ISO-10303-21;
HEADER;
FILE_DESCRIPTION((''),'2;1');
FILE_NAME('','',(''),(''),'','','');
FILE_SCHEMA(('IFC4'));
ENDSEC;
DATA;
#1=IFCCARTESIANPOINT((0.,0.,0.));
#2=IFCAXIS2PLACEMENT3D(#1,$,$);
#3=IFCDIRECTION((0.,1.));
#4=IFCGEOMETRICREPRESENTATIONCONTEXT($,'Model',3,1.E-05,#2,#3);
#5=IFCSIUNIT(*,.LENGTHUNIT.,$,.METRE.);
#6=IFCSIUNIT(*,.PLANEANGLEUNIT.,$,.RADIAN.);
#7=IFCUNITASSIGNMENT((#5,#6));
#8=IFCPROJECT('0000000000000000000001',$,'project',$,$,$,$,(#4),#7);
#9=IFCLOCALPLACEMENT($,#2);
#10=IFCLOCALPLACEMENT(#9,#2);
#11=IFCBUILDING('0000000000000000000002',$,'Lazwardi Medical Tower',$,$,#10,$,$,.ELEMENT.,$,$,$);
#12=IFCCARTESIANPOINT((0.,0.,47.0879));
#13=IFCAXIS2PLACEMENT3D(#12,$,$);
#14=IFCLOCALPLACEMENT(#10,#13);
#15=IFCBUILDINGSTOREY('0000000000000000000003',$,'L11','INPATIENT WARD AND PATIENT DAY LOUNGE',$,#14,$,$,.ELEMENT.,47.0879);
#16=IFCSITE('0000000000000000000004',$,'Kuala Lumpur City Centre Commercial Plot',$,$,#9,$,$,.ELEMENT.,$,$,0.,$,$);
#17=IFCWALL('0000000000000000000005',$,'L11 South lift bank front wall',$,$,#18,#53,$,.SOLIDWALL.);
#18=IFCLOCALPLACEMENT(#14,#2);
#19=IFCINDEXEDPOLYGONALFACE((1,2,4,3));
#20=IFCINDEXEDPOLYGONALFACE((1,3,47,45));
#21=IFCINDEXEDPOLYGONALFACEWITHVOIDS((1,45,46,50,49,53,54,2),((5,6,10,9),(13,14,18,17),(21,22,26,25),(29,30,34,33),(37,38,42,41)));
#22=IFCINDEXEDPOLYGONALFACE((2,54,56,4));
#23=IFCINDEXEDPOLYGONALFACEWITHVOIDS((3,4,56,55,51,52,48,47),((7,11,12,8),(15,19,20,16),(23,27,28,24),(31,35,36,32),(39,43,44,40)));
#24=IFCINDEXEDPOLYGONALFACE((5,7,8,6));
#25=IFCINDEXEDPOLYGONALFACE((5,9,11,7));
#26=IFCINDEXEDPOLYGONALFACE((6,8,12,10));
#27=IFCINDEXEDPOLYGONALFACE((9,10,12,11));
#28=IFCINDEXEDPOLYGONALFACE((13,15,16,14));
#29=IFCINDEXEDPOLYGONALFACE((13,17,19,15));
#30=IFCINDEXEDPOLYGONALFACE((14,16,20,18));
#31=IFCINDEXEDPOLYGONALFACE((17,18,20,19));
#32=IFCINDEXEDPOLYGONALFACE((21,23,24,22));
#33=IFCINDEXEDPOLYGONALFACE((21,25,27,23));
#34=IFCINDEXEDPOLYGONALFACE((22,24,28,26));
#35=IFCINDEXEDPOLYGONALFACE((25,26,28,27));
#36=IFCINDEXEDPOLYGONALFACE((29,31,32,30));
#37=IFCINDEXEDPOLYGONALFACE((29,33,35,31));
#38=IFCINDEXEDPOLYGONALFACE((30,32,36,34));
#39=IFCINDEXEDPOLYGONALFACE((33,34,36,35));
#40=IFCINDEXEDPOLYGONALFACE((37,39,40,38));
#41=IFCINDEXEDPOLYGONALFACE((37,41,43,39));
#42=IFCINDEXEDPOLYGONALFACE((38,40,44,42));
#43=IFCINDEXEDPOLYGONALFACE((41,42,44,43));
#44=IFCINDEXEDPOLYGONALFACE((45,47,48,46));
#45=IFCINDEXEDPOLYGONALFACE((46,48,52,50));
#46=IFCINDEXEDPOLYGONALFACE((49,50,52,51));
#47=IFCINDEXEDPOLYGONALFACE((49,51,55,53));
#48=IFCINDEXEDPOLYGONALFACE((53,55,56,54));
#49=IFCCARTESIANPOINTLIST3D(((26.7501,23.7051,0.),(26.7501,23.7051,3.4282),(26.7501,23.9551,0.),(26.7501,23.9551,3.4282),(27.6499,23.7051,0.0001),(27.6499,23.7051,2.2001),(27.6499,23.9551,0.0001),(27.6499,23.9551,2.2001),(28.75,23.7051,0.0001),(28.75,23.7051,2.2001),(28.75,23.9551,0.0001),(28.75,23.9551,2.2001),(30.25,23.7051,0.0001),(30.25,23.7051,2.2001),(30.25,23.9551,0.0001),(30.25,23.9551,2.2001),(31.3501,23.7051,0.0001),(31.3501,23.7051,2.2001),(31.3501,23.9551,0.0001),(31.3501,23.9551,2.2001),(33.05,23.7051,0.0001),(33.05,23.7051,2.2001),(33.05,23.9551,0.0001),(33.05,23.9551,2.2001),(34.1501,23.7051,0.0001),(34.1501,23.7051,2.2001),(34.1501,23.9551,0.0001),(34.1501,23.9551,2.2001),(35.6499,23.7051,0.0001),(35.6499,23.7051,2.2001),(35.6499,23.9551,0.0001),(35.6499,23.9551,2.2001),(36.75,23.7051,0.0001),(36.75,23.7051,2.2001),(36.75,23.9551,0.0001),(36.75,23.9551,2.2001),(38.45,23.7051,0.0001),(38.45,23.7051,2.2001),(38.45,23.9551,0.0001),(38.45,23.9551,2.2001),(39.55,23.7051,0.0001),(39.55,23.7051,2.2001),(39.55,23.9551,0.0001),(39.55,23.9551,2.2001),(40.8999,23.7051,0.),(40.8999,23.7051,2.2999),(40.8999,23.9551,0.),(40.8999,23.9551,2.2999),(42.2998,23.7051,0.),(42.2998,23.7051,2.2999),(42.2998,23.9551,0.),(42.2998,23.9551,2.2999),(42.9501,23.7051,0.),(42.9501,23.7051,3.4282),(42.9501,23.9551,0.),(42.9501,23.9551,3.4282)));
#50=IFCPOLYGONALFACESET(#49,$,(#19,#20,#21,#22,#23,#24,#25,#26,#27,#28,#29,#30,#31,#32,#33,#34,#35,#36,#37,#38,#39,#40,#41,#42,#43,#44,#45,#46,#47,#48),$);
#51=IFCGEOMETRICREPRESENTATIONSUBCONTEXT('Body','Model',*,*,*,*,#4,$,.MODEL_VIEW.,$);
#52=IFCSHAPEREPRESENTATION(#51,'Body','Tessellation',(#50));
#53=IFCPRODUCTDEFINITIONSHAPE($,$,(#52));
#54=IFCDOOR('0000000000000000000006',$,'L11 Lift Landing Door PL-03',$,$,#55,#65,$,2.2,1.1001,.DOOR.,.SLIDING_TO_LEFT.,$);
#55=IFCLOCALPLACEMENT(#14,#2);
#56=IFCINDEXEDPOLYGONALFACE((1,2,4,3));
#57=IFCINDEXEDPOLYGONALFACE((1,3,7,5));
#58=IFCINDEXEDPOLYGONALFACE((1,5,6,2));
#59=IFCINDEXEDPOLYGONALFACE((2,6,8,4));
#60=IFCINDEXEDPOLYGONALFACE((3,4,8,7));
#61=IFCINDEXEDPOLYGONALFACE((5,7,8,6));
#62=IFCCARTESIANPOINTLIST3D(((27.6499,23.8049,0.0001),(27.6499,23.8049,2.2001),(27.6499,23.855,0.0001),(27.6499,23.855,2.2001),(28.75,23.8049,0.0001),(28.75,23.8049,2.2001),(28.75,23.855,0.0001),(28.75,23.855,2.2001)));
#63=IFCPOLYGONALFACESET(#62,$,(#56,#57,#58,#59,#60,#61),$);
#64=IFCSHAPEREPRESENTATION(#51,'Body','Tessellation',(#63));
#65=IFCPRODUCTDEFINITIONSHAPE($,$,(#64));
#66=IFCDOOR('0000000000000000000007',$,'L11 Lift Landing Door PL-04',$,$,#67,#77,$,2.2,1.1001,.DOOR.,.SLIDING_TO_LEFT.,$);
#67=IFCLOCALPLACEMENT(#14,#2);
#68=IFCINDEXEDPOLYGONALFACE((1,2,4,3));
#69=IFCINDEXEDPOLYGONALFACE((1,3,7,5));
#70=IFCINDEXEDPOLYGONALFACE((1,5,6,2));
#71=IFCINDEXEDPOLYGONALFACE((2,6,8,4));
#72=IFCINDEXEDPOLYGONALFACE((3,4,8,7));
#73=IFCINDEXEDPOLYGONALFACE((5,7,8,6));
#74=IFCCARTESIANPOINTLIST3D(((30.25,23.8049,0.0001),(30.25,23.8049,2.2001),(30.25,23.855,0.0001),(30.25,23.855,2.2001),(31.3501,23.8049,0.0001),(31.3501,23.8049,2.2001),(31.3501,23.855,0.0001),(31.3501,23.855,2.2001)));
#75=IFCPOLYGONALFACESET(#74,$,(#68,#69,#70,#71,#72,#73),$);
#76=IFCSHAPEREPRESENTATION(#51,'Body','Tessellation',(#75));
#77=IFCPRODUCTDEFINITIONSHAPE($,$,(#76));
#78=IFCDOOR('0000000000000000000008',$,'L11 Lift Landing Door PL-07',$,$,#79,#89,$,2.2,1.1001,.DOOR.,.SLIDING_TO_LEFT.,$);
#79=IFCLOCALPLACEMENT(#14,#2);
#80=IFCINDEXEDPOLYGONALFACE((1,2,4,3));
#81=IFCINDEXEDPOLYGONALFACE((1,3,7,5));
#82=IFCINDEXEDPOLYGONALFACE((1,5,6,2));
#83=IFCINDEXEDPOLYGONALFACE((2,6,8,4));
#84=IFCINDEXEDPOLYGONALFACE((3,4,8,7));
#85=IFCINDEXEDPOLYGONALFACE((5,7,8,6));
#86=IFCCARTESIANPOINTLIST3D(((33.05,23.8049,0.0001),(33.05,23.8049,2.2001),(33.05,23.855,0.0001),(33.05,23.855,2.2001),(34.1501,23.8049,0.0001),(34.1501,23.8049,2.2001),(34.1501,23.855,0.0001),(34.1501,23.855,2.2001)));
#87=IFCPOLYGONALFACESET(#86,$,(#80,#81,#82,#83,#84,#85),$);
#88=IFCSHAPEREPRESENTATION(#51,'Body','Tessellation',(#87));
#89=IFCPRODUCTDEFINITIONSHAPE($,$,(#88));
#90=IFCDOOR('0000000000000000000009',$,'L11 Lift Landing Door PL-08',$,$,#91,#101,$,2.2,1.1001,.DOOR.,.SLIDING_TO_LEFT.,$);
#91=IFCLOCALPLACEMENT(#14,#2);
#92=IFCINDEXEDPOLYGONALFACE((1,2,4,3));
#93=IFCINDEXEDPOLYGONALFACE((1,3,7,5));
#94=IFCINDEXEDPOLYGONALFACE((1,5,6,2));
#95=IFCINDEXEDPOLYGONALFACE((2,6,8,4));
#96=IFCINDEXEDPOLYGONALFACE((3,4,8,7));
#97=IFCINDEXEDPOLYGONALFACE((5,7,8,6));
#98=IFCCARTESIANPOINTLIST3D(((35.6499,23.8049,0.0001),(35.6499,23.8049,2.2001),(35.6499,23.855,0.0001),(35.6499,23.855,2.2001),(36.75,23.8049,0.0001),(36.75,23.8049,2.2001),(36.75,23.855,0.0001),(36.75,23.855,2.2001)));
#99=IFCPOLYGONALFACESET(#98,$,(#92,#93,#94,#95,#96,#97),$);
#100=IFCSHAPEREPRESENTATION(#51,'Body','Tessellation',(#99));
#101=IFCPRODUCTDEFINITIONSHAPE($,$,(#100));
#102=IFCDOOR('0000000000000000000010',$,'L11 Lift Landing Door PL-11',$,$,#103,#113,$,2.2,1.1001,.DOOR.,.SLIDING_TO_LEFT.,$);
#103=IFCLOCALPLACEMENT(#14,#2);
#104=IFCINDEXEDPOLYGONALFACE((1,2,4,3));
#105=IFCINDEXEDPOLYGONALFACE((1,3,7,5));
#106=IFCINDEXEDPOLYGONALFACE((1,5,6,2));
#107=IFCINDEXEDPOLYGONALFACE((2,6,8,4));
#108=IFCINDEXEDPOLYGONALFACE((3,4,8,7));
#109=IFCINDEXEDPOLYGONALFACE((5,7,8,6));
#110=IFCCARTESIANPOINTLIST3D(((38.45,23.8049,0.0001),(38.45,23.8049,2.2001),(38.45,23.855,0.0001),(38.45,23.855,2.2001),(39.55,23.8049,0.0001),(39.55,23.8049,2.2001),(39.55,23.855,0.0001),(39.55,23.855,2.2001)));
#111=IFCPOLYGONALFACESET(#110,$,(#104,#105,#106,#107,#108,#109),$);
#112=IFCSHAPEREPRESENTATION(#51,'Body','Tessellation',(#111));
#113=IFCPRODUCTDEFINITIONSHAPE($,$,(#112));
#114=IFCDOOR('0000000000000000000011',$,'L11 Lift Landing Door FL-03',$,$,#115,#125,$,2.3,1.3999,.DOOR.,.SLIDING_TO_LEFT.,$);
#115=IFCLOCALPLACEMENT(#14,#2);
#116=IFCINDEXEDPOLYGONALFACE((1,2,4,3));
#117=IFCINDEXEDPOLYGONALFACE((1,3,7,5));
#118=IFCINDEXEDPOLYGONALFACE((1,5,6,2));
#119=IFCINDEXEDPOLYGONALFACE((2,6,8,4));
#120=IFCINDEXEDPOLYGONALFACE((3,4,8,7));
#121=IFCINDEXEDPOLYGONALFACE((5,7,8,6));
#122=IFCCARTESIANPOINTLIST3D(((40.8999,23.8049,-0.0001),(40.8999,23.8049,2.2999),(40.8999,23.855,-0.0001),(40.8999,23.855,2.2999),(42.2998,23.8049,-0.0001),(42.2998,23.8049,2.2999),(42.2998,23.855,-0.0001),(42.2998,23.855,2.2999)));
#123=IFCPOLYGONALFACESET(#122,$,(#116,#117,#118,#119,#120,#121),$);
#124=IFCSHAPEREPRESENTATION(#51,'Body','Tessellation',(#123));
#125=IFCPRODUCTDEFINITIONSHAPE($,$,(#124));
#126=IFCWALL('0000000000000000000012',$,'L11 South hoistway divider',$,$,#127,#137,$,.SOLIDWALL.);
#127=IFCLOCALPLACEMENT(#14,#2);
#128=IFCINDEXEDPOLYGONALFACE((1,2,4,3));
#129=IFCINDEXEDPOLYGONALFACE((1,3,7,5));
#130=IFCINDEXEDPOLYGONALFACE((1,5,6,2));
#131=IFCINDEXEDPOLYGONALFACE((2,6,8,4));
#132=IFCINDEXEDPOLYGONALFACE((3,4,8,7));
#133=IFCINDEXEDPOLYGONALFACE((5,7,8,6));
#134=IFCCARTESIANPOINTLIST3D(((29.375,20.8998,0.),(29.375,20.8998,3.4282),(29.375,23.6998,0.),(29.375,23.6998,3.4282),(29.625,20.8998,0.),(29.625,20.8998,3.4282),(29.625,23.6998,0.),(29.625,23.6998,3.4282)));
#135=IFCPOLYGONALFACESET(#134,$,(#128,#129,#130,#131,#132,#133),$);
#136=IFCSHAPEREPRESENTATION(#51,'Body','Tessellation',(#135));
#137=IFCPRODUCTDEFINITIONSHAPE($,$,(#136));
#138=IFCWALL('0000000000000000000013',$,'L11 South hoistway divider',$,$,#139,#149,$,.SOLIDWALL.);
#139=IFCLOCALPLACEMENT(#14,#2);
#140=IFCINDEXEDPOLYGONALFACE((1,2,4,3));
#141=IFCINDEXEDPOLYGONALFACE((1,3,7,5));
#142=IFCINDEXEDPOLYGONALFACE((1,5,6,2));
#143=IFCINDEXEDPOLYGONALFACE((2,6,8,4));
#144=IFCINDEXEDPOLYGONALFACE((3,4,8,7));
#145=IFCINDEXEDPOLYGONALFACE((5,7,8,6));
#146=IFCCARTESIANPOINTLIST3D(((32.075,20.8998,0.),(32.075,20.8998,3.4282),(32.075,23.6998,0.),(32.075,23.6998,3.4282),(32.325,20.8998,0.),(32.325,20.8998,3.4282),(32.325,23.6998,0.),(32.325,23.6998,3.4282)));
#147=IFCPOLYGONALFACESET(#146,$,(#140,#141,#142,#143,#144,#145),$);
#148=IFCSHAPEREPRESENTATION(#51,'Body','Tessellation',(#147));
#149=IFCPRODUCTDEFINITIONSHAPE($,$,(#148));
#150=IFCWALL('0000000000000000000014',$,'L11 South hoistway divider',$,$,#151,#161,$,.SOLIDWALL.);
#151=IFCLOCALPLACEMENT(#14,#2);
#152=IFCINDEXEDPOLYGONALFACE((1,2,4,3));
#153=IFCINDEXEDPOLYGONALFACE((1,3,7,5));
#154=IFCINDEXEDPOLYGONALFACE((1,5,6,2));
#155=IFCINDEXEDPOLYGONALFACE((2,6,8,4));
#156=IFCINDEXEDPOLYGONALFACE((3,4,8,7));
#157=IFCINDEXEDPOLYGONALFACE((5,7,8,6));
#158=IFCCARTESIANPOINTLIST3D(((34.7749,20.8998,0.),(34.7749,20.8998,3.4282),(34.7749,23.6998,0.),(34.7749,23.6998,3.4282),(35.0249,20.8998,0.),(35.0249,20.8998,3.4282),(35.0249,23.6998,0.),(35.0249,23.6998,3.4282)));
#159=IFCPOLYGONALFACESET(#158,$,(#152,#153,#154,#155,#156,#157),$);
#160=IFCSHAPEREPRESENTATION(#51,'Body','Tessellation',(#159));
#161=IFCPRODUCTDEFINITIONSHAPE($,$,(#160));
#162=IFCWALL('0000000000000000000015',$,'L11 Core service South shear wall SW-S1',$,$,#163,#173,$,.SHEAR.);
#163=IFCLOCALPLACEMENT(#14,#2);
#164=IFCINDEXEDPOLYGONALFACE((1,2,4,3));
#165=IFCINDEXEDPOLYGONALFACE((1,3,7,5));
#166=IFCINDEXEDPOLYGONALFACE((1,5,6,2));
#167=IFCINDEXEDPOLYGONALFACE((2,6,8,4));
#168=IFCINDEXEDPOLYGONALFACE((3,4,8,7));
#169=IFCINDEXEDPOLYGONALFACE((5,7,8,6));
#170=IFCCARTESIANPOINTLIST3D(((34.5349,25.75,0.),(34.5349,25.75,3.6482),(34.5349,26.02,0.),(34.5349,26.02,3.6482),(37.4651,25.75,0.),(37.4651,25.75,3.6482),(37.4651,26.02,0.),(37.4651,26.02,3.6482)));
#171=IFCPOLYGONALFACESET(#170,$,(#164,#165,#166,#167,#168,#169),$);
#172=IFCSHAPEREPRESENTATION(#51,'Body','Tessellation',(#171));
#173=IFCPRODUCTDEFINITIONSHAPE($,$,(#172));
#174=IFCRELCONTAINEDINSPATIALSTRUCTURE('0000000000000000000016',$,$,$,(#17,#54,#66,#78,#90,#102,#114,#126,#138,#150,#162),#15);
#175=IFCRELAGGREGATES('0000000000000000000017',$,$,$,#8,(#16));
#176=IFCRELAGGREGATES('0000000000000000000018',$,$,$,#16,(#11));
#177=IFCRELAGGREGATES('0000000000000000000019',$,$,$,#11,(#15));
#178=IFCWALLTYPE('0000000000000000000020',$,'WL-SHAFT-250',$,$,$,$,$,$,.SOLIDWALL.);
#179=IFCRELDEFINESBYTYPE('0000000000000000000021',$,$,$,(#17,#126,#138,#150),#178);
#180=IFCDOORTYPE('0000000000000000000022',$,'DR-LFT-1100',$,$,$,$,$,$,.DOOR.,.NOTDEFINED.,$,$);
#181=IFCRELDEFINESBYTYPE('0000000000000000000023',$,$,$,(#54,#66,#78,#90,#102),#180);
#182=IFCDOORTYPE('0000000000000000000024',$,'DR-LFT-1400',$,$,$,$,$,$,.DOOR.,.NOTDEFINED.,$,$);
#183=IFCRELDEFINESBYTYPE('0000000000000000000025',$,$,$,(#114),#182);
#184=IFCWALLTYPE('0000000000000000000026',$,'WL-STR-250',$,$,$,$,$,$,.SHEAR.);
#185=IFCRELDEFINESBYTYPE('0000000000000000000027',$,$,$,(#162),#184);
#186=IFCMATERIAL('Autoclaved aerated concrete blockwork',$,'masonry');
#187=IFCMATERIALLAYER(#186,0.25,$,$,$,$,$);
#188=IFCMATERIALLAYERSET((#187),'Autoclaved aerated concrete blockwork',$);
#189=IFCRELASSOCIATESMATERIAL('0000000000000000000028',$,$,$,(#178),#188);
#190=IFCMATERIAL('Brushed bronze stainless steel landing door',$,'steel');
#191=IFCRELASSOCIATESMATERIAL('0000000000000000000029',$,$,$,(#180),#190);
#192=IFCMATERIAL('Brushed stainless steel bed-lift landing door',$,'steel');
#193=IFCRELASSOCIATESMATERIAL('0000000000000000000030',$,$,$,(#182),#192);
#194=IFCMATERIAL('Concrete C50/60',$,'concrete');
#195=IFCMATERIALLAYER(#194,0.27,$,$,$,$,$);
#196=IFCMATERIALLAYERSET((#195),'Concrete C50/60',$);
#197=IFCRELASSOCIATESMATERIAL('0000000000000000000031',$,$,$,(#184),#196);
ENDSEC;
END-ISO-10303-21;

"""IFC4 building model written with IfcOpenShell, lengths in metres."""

from ifc_helpers import new_model, si_unit, direction, frame, frame_2d, origin, place, context, subcontext, project, spatial, rectangle, extrude, material, layer, layer_set, type_object, element, fill, save


model = new_model("IFC4")

# Units and contexts
model_context = context("Model", 3, precision=1e-05, world=origin(), true_north=direction((0.0, 1.0)))
body_context = subcontext(model_context, "Body", "Model", "MODEL_VIEW")
ifc_project = project(units=[si_unit("LENGTHUNIT", "METRE"), si_unit("PLANEANGLEUNIT", "RADIAN")], contexts=[model_context])

# Site, building, storey
site_placement = place(None, origin())
site = spatial("IfcSite", under=ifc_project, at=site_placement, Name="Kuala Lumpur City Centre Commercial Plot", CompositionType="ELEMENT", RefElevation=0.0)
building_placement = place(site_placement, origin())
building = spatial("IfcBuilding", under=site, at=building_placement, Name="Lazwardi Medical Tower", CompositionType="ELEMENT")
storey_placement = place(building_placement, frame((0.0, 0.0, 47.0879)))
storey = spatial("IfcBuildingStorey", under=building, at=storey_placement, Name="L11", Description="INPATIENT WARD AND PATIENT DAY LOUNGE", CompositionType="ELEMENT", Elevation=47.0879)

# Wall, openings, doors
ifc_material_1 = material(Name="Autoclaved aerated concrete blockwork", Category="masonry")
ifc_layer_1 = layer(ifc_material_1, 0.25)
ifc_layer_set_1 = layer_set([ifc_layer_1], Name="Autoclaved aerated concrete blockwork")
wall_type_1 = type_object("IfcWallType", Name="WL-SHAFT-250", PredefinedType="SOLIDWALL", material=ifc_layer_set_1)
wall_1_placement = place(storey_placement, frame((26.75, 23.8301, 0.0), z_axis=(0.0, 0.0, 1.0), x_axis=(1.0, 0.0, 0.0)))
wall_1 = element("IfcWall", 1, at=wall_1_placement, inside=storey, type_object=wall_type_1, Name="L11 South lift bank front wall", PredefinedType="SOLIDWALL", context=body_context, shape_type="SweptSolid", body=[
    extrude(rectangle(XDim=16.2, YDim=0.25, at=frame_2d((8.1001, 0.0))), origin(), (0.0, 0.0, 1.0), 3.4282),
])
opening_1_placement = place(wall_1_placement, frame((0.8999, 0.0, 0.0)))
opening_1 = element("IfcOpeningElement", 2, at=opening_1_placement, cuts=wall_1, PredefinedType="OPENING", context=body_context, shape_type="SweptSolid", body=[
    extrude(rectangle(XDim=1.1001, YDim=2.2, at=frame_2d((0.55, 1.1001))), frame((0.0, 0.135, 0.0), z_axis=(0.0, -1.0, 0.0), x_axis=(1.0, 0.0, 0.0)), (0.0, 0.0, 1.0), 0.27),
])
opening_2_placement = place(wall_1_placement, frame((3.5, 0.0, 0.0)))
opening_2 = element("IfcOpeningElement", 3, at=opening_2_placement, cuts=wall_1, PredefinedType="OPENING", context=body_context, shape_type="SweptSolid", body=[
    extrude(rectangle(XDim=1.1001, YDim=2.2, at=frame_2d((0.55, 1.1001))), frame((0.0, 0.135, 0.0), z_axis=(0.0, -1.0, 0.0), x_axis=(1.0, 0.0, 0.0)), (0.0, 0.0, 1.0), 0.27),
])
opening_3_placement = place(wall_1_placement, frame((6.3, 0.0, 0.0)))
opening_3 = element("IfcOpeningElement", 4, at=opening_3_placement, cuts=wall_1, PredefinedType="OPENING", context=body_context, shape_type="SweptSolid", body=[
    extrude(rectangle(XDim=1.1001, YDim=2.2, at=frame_2d((0.55, 1.1001))), frame((0.0, 0.135, 0.0), z_axis=(0.0, -1.0, 0.0), x_axis=(1.0, 0.0, 0.0)), (0.0, 0.0, 1.0), 0.27),
])
opening_4_placement = place(wall_1_placement, frame((8.8999, 0.0, 0.0)))
opening_4 = element("IfcOpeningElement", 5, at=opening_4_placement, cuts=wall_1, PredefinedType="OPENING", context=body_context, shape_type="SweptSolid", body=[
    extrude(rectangle(XDim=1.1001, YDim=2.2, at=frame_2d((0.55, 1.1001))), frame((0.0, 0.135, 0.0), z_axis=(0.0, -1.0, 0.0), x_axis=(1.0, 0.0, 0.0)), (0.0, 0.0, 1.0), 0.27),
])
opening_5_placement = place(wall_1_placement, frame((11.7, 0.0, 0.0)))
opening_5 = element("IfcOpeningElement", 6, at=opening_5_placement, cuts=wall_1, PredefinedType="OPENING", context=body_context, shape_type="SweptSolid", body=[
    extrude(rectangle(XDim=1.1001, YDim=2.2, at=frame_2d((0.55, 1.1001))), frame((0.0, 0.135, 0.0), z_axis=(0.0, -1.0, 0.0), x_axis=(1.0, 0.0, 0.0)), (0.0, 0.0, 1.0), 0.27),
])
opening_6_placement = place(wall_1_placement, frame((14.1499, 0.0, 0.0)))
opening_6 = element("IfcOpeningElement", 7, at=opening_6_placement, cuts=wall_1, PredefinedType="OPENING", context=body_context, shape_type="SweptSolid", body=[
    extrude(rectangle(XDim=1.3999, YDim=2.3, at=frame_2d((0.7, 1.1499))), frame((0.0, 0.135, 0.0), z_axis=(0.0, -1.0, 0.0), x_axis=(1.0, 0.0, 0.0)), (0.0, 0.0, 1.0), 0.27),
])
ifc_material_2 = material(Name="Brushed bronze stainless steel landing door", Category="steel")
door_type_1 = type_object("IfcDoorType", Name="DR-LFT-1100", OperationType="NOTDEFINED", PredefinedType="DOOR", material=ifc_material_2)
door_1_placement = place(opening_1_placement, origin())
door_1 = element("IfcDoor", 8, at=door_1_placement, inside=storey, type_object=door_type_1, Name="L11 Lift Landing Door PL-03", OperationType="SLIDING_TO_LEFT", OverallHeight=2.2, OverallWidth=1.1001, PredefinedType="DOOR", context=body_context, shape_type="SweptSolid", body=[
    extrude(rectangle(XDim=1.1001, YDim=2.2, at=frame_2d((0.55, 1.1001))), frame((0.0, 0.0249, 0.0), z_axis=(0.0, -1.0, 0.0), x_axis=(1.0, 0.0, 0.0)), (0.0, 0.0, 1.0), 0.05),
])
fill(opening_1, door_1)
door_2_placement = place(opening_2_placement, origin())
door_2 = element("IfcDoor", 9, at=door_2_placement, inside=storey, type_object=door_type_1, Name="L11 Lift Landing Door PL-04", OperationType="SLIDING_TO_LEFT", OverallHeight=2.2, OverallWidth=1.1001, PredefinedType="DOOR", context=body_context, shape_type="SweptSolid", body=[
    extrude(rectangle(XDim=1.1001, YDim=2.2, at=frame_2d((0.55, 1.1001))), frame((0.0, 0.0249, 0.0), z_axis=(0.0, -1.0, 0.0), x_axis=(1.0, 0.0, 0.0)), (0.0, 0.0, 1.0), 0.05),
])
fill(opening_2, door_2)
door_3_placement = place(opening_3_placement, origin())
door_3 = element("IfcDoor", 10, at=door_3_placement, inside=storey, type_object=door_type_1, Name="L11 Lift Landing Door PL-07", OperationType="SLIDING_TO_LEFT", OverallHeight=2.2, OverallWidth=1.1001, PredefinedType="DOOR", context=body_context, shape_type="SweptSolid", body=[
    extrude(rectangle(XDim=1.1001, YDim=2.2, at=frame_2d((0.55, 1.1001))), frame((0.0, 0.0249, 0.0), z_axis=(0.0, -1.0, 0.0), x_axis=(1.0, 0.0, 0.0)), (0.0, 0.0, 1.0), 0.05),
])
fill(opening_3, door_3)
door_4_placement = place(opening_4_placement, origin())
door_4 = element("IfcDoor", 11, at=door_4_placement, inside=storey, type_object=door_type_1, Name="L11 Lift Landing Door PL-08", OperationType="SLIDING_TO_LEFT", OverallHeight=2.2, OverallWidth=1.1001, PredefinedType="DOOR", context=body_context, shape_type="SweptSolid", body=[
    extrude(rectangle(XDim=1.1001, YDim=2.2, at=frame_2d((0.55, 1.1001))), frame((0.0, 0.0249, 0.0), z_axis=(0.0, -1.0, 0.0), x_axis=(1.0, 0.0, 0.0)), (0.0, 0.0, 1.0), 0.05),
])
fill(opening_4, door_4)
door_5_placement = place(opening_5_placement, origin())
door_5 = element("IfcDoor", 12, at=door_5_placement, inside=storey, type_object=door_type_1, Name="L11 Lift Landing Door PL-11", OperationType="SLIDING_TO_LEFT", OverallHeight=2.2, OverallWidth=1.1001, PredefinedType="DOOR", context=body_context, shape_type="SweptSolid", body=[
    extrude(rectangle(XDim=1.1001, YDim=2.2, at=frame_2d((0.55, 1.1001))), frame((0.0, 0.0249, 0.0), z_axis=(0.0, -1.0, 0.0), x_axis=(1.0, 0.0, 0.0)), (0.0, 0.0, 1.0), 0.05),
])
fill(opening_5, door_5)
ifc_material_3 = material(Name="Brushed stainless steel bed-lift landing door", Category="steel")
door_type_2 = type_object("IfcDoorType", Name="DR-LFT-1400", OperationType="NOTDEFINED", PredefinedType="DOOR", material=ifc_material_3)
door_6_placement = place(opening_6_placement, origin())
door_6 = element("IfcDoor", 13, at=door_6_placement, inside=storey, type_object=door_type_2, Name="L11 Lift Landing Door FL-03", OperationType="SLIDING_TO_LEFT", OverallHeight=2.3, OverallWidth=1.3999, PredefinedType="DOOR", context=body_context, shape_type="SweptSolid", body=[
    extrude(rectangle(XDim=1.3999, YDim=2.3, at=frame_2d((0.7, 1.1499))), frame((0.0, 0.0249, 0.0), z_axis=(0.0, -1.0, 0.0), x_axis=(1.0, 0.0, 0.0)), (0.0, 0.0, 1.0), 0.05),
])
fill(opening_6, door_6)

# Walls
for number, where, z_axis, x_axis, name in (
    (14, (29.5, 20.8999, 0.0), (0.0, 0.0, 1.0), (0.0, 1.0, 0.0), "L11 South hoistway divider"),
    (15, (32.2, 20.8999, 0.0), (0.0, 0.0, 1.0), (0.0, 1.0, 0.0), "L11 South hoistway divider"),
    (16, (34.8999, 20.8999, 0.0), (0.0, 0.0, 1.0), (0.0, 1.0, 0.0), "L11 South hoistway divider"),
):
    element("IfcWall", number, at=place(storey_placement, frame(where, z_axis=z_axis, x_axis=x_axis)), inside=storey, type_object=wall_type_1, Name=name, PredefinedType="SOLIDWALL", context=body_context, shape_type="SweptSolid", body=[
        extrude(rectangle(XDim=2.8, YDim=0.25, at=frame_2d((1.3999, 0.0))), origin(), (0.0, 0.0, 1.0), 3.4282),
    ])
ifc_material_4 = material(Name="Concrete C50/60", Category="concrete")
ifc_layer_2 = layer(ifc_material_4, 0.27)
ifc_layer_set_2 = layer_set([ifc_layer_2], Name="Concrete C50/60")
wall_type_2 = type_object("IfcWallType", Name="WL-STR-250", PredefinedType="SHEAR", material=ifc_layer_set_2)
wall_2_placement = place(storey_placement, frame((34.5349, 25.885, 0.0), z_axis=(0.0, 0.0, 1.0), x_axis=(1.0, 0.0, 0.0)))
element("IfcWall", 17, at=wall_2_placement, inside=storey, type_object=wall_type_2, Name="L11 Core service South shear wall SW-S1", PredefinedType="SHEAR", context=body_context, shape_type="SweptSolid", body=[
    extrude(rectangle(XDim=2.9302, YDim=0.27, at=frame_2d((1.4651, 0.0))), origin(), (0.0, 0.0, 1.0), 3.6482),
])

save(model, "model.ifc")
